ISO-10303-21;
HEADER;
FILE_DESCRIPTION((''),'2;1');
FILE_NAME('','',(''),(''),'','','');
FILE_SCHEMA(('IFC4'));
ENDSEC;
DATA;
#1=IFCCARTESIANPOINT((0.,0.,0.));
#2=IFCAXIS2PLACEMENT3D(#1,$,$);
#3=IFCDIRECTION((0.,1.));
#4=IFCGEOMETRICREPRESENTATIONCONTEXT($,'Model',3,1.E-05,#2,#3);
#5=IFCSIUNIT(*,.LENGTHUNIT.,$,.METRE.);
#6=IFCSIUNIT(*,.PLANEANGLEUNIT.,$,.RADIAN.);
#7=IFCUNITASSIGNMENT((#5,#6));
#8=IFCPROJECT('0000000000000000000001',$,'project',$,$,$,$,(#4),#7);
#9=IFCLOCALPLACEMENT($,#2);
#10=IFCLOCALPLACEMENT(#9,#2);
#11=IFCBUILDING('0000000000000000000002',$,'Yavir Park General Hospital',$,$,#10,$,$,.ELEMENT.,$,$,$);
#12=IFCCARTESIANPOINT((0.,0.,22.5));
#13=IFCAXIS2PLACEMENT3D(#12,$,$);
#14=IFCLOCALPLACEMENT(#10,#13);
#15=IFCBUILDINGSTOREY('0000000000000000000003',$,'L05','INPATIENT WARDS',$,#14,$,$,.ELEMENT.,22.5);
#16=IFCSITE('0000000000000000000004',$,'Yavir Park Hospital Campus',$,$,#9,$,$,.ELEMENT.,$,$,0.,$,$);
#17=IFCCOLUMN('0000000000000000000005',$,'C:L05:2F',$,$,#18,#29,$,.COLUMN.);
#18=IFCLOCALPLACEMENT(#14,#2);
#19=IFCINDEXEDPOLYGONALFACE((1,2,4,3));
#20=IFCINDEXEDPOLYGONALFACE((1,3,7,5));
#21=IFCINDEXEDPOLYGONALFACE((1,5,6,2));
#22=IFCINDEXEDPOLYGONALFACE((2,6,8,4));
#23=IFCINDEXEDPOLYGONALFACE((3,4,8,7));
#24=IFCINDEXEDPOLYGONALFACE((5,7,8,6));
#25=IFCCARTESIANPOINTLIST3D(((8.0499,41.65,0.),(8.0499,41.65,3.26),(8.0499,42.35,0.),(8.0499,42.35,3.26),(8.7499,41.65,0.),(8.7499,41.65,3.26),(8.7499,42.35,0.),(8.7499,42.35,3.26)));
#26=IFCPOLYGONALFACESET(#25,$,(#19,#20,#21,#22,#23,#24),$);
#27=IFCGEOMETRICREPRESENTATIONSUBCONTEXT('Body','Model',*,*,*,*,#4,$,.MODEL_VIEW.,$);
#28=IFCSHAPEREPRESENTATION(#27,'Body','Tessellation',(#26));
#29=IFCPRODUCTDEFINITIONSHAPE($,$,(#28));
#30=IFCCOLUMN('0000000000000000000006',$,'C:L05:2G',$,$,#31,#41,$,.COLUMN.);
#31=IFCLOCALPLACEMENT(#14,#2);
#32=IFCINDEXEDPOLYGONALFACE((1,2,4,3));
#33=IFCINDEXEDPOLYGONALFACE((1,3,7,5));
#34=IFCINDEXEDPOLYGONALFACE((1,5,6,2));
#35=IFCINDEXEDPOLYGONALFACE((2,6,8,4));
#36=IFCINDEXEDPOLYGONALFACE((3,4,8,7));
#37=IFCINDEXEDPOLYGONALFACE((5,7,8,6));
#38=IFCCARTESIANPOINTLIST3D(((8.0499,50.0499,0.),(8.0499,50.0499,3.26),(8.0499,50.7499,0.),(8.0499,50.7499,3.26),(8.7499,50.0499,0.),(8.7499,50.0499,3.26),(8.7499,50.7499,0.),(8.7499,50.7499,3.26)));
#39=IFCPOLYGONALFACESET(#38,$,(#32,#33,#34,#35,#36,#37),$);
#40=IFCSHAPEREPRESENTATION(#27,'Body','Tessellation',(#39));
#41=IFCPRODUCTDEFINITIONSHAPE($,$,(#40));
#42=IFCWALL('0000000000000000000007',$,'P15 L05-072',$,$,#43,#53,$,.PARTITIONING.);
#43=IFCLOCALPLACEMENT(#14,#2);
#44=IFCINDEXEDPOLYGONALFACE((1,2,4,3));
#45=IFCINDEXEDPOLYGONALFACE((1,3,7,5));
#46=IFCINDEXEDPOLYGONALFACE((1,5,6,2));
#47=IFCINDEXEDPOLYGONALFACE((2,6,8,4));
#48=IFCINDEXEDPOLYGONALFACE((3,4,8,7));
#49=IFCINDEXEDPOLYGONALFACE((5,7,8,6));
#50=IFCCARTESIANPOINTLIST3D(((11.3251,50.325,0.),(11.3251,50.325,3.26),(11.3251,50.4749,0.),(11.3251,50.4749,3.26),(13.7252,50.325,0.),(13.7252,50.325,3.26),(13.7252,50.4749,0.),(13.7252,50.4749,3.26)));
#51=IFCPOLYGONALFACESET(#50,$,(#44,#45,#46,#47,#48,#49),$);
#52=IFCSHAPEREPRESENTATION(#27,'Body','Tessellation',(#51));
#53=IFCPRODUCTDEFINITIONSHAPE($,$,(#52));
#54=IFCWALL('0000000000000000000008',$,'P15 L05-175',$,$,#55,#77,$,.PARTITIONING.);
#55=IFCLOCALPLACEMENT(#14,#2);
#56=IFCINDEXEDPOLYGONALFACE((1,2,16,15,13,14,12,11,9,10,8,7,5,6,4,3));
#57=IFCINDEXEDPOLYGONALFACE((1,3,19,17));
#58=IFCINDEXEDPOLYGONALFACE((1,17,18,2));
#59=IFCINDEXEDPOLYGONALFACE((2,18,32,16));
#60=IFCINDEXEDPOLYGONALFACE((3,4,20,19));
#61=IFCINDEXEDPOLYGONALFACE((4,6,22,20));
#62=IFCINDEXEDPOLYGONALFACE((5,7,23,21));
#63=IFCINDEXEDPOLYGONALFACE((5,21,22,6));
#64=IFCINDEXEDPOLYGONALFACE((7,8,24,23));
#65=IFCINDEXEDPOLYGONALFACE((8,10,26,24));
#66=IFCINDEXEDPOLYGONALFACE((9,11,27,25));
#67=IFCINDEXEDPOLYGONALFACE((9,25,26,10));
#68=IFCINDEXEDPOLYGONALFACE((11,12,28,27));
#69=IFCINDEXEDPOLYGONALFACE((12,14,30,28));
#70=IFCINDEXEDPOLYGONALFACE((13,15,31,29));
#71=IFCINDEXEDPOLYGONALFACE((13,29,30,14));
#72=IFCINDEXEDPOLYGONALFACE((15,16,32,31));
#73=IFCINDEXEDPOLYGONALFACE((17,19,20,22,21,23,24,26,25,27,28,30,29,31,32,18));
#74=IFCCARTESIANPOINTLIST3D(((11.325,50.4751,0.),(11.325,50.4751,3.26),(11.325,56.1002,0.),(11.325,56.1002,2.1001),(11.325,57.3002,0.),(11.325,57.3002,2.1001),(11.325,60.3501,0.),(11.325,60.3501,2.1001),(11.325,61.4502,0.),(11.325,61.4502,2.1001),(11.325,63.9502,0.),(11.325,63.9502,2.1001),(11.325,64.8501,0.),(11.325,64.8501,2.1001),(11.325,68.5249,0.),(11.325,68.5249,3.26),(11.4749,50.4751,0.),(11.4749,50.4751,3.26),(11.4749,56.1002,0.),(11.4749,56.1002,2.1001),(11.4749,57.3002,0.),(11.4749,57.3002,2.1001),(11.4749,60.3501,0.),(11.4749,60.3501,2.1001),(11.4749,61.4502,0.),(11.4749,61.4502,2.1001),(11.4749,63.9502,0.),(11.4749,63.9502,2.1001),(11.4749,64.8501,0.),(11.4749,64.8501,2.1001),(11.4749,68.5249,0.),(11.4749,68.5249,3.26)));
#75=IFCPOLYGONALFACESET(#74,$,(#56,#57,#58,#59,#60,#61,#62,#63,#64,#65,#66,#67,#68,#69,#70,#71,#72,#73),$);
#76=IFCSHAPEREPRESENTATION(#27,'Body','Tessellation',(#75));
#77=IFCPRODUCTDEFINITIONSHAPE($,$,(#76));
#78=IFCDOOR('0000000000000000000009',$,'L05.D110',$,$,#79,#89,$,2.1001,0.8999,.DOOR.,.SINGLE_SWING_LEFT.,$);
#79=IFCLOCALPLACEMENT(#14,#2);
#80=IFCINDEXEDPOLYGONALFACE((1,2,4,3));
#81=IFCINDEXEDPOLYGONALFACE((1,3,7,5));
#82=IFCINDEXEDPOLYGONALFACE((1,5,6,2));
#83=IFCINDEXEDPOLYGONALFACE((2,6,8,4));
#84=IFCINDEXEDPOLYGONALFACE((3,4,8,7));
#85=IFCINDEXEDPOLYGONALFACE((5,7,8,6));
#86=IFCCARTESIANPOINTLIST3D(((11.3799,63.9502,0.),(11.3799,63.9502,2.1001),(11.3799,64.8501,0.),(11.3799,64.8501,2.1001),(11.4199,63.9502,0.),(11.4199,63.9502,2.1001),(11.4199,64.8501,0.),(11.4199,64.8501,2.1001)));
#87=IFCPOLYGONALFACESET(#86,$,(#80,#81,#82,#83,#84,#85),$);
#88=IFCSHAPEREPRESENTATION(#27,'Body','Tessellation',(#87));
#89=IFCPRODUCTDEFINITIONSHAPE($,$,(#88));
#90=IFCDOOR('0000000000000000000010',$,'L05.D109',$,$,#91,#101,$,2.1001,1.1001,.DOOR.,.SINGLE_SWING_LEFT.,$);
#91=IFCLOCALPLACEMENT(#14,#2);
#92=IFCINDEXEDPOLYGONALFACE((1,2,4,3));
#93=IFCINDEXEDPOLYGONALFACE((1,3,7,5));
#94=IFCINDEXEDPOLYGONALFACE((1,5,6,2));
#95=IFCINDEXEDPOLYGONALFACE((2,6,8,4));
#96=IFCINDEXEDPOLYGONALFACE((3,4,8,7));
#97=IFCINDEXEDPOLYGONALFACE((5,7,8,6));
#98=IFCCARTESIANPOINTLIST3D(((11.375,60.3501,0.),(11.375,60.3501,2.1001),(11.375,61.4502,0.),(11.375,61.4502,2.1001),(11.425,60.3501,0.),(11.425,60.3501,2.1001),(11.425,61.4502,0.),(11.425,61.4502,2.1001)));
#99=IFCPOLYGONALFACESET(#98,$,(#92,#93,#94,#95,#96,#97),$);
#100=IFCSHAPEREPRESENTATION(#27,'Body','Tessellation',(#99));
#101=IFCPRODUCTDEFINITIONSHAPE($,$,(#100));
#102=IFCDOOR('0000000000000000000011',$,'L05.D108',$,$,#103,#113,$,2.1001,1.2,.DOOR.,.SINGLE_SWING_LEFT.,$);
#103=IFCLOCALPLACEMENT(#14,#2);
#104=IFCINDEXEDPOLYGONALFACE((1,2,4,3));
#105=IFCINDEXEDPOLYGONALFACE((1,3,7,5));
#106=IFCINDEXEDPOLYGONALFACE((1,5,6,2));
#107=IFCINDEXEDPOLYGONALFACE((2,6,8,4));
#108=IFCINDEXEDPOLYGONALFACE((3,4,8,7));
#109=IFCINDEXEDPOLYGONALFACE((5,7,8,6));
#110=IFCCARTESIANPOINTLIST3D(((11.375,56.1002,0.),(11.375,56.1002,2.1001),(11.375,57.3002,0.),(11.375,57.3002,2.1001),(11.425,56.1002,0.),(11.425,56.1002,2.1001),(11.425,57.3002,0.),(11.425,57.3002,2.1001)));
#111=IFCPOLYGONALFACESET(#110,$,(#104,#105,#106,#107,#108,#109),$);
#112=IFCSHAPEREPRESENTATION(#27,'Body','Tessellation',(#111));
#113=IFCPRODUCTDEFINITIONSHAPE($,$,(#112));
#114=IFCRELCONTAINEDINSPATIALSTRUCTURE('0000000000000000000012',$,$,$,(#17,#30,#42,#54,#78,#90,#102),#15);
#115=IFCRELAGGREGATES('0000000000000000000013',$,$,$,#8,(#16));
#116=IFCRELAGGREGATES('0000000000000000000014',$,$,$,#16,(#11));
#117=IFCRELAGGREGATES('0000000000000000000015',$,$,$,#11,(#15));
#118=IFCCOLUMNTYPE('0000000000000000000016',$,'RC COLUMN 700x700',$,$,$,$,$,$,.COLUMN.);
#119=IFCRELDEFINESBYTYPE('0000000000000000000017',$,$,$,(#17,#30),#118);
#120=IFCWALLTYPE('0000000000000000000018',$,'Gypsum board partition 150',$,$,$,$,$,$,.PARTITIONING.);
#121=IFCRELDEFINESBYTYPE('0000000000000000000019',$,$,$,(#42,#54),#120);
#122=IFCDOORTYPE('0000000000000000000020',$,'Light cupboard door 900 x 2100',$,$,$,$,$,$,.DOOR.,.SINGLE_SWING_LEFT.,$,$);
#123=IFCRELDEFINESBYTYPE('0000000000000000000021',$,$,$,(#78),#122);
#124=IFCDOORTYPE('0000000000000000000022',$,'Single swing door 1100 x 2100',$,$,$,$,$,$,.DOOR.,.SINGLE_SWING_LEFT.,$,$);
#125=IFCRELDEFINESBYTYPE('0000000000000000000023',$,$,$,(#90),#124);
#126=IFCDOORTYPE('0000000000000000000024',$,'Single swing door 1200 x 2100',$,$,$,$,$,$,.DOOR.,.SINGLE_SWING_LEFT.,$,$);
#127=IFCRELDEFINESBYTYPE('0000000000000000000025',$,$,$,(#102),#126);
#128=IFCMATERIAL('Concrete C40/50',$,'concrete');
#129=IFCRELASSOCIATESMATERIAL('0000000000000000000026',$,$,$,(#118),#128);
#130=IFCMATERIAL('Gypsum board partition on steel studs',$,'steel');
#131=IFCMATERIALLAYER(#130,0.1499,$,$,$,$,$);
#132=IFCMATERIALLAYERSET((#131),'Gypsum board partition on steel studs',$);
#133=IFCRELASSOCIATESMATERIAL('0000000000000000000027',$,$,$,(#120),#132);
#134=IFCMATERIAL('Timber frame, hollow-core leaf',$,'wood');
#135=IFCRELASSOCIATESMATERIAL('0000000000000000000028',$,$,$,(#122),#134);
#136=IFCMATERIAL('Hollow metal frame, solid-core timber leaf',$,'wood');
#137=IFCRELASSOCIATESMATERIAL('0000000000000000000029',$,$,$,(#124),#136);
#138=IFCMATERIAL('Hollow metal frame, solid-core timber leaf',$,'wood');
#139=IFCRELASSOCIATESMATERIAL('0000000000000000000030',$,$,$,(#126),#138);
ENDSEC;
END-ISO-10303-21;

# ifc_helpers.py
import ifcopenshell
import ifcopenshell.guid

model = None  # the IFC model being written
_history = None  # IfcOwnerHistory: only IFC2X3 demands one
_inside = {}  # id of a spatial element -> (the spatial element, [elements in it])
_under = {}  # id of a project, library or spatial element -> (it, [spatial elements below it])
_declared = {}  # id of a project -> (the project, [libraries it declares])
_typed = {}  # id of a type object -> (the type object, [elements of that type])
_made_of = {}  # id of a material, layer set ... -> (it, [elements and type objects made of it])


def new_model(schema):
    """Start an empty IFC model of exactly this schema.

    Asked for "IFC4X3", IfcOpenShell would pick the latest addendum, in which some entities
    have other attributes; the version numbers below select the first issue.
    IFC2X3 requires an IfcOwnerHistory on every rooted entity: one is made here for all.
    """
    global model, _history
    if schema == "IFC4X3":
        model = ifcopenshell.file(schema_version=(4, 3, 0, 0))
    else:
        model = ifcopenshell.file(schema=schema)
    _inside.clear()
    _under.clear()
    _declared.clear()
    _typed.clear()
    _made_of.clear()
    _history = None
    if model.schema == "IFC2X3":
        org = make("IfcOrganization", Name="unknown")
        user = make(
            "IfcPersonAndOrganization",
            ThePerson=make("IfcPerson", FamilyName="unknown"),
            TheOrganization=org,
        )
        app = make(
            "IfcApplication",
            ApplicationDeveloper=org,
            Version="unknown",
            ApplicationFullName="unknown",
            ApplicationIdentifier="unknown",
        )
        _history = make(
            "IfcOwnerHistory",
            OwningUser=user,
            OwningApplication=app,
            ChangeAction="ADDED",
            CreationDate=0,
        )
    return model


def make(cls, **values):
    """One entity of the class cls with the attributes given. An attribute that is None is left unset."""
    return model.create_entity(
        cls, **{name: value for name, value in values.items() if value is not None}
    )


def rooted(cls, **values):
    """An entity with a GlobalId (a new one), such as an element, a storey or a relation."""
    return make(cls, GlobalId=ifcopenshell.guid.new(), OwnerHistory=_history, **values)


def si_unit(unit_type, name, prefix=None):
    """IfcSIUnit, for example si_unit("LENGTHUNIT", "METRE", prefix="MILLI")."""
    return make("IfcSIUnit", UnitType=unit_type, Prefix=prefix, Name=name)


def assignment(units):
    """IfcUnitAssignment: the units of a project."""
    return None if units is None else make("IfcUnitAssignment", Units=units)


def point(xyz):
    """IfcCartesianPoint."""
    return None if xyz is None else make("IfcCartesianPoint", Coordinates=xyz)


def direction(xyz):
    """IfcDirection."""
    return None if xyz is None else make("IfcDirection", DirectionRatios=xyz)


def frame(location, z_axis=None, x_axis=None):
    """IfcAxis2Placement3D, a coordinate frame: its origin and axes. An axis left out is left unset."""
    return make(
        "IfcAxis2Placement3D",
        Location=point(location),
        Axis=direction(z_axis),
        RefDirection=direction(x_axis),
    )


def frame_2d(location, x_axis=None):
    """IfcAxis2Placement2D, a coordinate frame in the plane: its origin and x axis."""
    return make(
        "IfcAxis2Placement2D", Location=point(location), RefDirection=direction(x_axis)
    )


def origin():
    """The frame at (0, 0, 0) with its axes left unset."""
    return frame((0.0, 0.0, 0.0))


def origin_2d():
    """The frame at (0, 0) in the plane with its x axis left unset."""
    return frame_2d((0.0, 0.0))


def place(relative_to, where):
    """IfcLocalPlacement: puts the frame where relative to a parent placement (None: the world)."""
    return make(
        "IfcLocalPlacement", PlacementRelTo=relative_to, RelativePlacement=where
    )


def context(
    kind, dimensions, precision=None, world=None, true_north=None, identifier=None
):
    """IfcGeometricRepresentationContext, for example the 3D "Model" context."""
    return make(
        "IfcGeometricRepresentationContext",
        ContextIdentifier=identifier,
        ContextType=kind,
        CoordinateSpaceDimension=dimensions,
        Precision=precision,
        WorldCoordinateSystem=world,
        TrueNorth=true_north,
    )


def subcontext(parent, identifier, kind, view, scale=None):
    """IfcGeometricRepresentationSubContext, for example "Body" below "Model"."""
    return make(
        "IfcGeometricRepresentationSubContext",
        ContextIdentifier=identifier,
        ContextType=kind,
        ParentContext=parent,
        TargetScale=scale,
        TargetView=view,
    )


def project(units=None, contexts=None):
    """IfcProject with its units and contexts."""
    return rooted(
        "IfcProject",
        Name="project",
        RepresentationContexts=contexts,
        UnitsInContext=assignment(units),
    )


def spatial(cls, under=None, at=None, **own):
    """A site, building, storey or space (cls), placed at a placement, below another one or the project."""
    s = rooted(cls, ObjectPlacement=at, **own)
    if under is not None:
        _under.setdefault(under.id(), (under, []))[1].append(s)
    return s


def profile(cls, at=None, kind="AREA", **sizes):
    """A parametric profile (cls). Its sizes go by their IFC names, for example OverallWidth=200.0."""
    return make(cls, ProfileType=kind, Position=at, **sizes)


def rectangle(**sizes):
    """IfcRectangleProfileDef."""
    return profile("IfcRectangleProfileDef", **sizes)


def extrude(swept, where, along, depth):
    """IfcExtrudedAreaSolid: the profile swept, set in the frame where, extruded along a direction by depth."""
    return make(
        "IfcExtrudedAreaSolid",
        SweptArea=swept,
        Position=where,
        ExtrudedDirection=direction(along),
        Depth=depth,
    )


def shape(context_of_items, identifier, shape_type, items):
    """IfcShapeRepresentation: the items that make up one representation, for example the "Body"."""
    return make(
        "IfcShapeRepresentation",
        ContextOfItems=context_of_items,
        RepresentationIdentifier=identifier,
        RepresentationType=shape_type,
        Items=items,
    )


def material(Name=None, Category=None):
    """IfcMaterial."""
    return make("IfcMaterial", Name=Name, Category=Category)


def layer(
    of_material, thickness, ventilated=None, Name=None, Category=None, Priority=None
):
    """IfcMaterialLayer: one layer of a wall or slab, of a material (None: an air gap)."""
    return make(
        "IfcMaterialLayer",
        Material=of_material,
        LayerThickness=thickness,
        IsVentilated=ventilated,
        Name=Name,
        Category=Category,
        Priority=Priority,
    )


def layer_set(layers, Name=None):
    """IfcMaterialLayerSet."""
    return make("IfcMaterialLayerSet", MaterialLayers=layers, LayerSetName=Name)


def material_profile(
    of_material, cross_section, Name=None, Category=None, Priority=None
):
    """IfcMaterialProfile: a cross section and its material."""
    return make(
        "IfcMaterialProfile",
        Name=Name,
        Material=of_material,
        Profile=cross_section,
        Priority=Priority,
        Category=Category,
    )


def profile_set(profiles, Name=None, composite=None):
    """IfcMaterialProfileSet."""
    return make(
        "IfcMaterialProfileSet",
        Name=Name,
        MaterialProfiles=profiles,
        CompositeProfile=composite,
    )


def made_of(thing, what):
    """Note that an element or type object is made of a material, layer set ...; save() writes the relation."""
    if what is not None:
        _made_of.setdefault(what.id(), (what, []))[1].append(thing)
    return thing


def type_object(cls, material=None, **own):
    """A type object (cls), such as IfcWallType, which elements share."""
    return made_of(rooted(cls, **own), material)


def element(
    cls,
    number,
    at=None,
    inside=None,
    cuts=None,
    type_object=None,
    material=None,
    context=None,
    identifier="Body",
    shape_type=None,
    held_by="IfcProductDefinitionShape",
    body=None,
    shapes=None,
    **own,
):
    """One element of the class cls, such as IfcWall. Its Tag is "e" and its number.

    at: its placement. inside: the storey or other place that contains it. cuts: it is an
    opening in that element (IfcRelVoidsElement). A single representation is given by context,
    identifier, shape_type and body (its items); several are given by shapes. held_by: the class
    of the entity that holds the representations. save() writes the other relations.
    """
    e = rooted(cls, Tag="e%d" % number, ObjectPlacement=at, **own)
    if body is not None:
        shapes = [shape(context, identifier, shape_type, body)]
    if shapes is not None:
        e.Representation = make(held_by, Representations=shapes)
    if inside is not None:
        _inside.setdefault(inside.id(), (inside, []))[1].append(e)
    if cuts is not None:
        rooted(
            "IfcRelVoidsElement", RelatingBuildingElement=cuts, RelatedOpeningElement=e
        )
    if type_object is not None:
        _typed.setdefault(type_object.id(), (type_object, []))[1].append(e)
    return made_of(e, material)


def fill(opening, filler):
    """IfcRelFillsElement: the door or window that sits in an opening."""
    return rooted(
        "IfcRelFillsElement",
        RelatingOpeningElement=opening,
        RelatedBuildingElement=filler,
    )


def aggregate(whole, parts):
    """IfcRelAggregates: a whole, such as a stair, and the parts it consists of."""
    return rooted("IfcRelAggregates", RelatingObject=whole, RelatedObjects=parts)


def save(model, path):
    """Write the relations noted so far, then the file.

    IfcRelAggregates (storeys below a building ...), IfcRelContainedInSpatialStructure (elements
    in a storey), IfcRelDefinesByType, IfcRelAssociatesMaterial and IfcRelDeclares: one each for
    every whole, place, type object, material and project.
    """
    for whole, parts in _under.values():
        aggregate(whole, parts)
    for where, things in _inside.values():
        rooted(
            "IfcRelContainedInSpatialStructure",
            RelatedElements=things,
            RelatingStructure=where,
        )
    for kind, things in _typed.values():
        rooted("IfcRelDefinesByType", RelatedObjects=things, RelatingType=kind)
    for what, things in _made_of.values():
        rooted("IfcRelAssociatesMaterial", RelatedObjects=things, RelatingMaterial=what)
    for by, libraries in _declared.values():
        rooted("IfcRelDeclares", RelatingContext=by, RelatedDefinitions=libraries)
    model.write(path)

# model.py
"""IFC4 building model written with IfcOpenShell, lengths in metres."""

from ifc_helpers import new_model, si_unit, direction, frame, frame_2d, origin, origin_2d, place, context, subcontext, project, spatial, rectangle, extrude, material, layer, layer_set, material_profile, profile_set, type_object, element, fill, save


model = new_model("IFC4")

# Units and contexts
model_context = context("Model", 3, precision=1e-05, world=origin(), true_north=direction((0.0, 1.0)))
body_context = subcontext(model_context, "Body", "Model", "MODEL_VIEW")
ifc_project = project(units=[si_unit("LENGTHUNIT", "METRE"), si_unit("PLANEANGLEUNIT", "RADIAN")], contexts=[model_context])

# Site, building, storey
site_placement = place(None, origin())
site = spatial("IfcSite", under=ifc_project, at=site_placement, Name="Yavir Park Hospital Campus", CompositionType="ELEMENT", RefElevation=0.0)
building_placement = place(site_placement, origin())
building = spatial("IfcBuilding", under=site, at=building_placement, Name="Yavir Park General Hospital", CompositionType="ELEMENT")
storey_placement = place(building_placement, frame((0.0, 0.0, 22.5)))
storey = spatial("IfcBuildingStorey", under=building, at=storey_placement, Name="L05", Description="INPATIENT WARDS", CompositionType="ELEMENT", Elevation=22.5)

# Columns
ifc_material_1 = material(Name="Concrete C40/50", Category="concrete")
ifc_material_profile = material_profile(ifc_material_1, rectangle(XDim=0.7, YDim=0.7, at=origin_2d()), Name="RC700x700")
ifc_profile_set = profile_set([ifc_material_profile], Name="Concrete C40/50")
column_type = type_object("IfcColumnType", Name="RC COLUMN 700x700", PredefinedType="COLUMN", material=ifc_profile_set)
for number, where, z_axis, x_axis, name in (
    (1, (8.3999, 42.0, 0.0), (0.0, 0.0, 1.0), (1.0, 0.0, 0.0), "C:L05:2F"),
    (2, (8.3999, 50.3999, 0.0), (0.0, 0.0, 1.0), (1.0, 0.0, 0.0), "C:L05:2G"),
):
    element("IfcColumn", number, at=place(storey_placement, frame(where, z_axis=z_axis, x_axis=x_axis)), inside=storey, type_object=column_type, Name=name, PredefinedType="COLUMN", context=body_context, shape_type="SweptSolid", body=[
        extrude(rectangle(XDim=0.7, YDim=0.7, at=origin_2d()), origin(), (0.0, 0.0, 1.0), 3.26),
    ])

# Wall
ifc_material_2 = material(Name="Gypsum board partition on steel studs", Category="steel")
ifc_layer_1 = layer(ifc_material_2, 0.1499)
ifc_layer_set_1 = layer_set([ifc_layer_1], Name="Gypsum board partition on steel studs")
wall_type_1 = type_object("IfcWallType", Name="Gypsum board partition 150", PredefinedType="PARTITIONING", material=ifc_layer_set_1)
wall_1_placement = place(storey_placement, frame((11.325, 50.3999, 0.0), z_axis=(0.0, 0.0, 1.0), x_axis=(1.0, 0.0, 0.0)))
element("IfcWall", 3, at=wall_1_placement, inside=storey, type_object=wall_type_1, Name="P15 L05-072", PredefinedType="PARTITIONING", context=body_context, shape_type="SweptSolid", body=[
    extrude(rectangle(XDim=2.4001, YDim=0.1499, at=frame_2d((1.2002, 0.0))), origin(), (0.0, 0.0, 1.0), 3.26),
])

# Wall, openings, doors
wall_2_placement = place(storey_placement, frame((11.3999, 50.4751, 0.0), z_axis=(0.0, 0.0, 1.0), x_axis=(0.0, 1.0, 0.0)))
wall_2 = element("IfcWall", 4, at=wall_2_placement, inside=storey, type_object=wall_type_1, Name="P15 L05-175", PredefinedType="PARTITIONING", context=body_context, shape_type="SweptSolid", body=[
    extrude(rectangle(XDim=18.0498, YDim=0.1499, at=frame_2d((9.0249, 0.0))), origin(), (0.0, 0.0, 1.0), 3.26),
])
opening_1_placement = place(wall_2_placement, frame((5.625, 0.0, 0.0)))
opening_1 = element("IfcOpeningElement", 5, at=opening_1_placement, cuts=wall_2, PredefinedType="OPENING", context=body_context, shape_type="SweptSolid", body=[
    extrude(rectangle(XDim=1.2, YDim=2.1001, at=frame_2d((0.6001, 1.05))), frame((0.0, 0.085, 0.0), z_axis=(0.0, -1.0, 0.0), x_axis=(1.0, 0.0, 0.0)), (0.0, 0.0, 1.0), 0.1699),
])
opening_2_placement = place(wall_2_placement, frame((9.875, 0.0, 0.0)))
opening_2 = element("IfcOpeningElement", 6, at=opening_2_placement, cuts=wall_2, PredefinedType="OPENING", context=body_context, shape_type="SweptSolid", body=[
    extrude(rectangle(XDim=1.1001, YDim=2.1001, at=frame_2d((0.55, 1.05))), frame((0.0, 0.085, 0.0), z_axis=(0.0, -1.0, 0.0), x_axis=(1.0, 0.0, 0.0)), (0.0, 0.0, 1.0), 0.1699),
])
opening_3_placement = place(wall_2_placement, frame((13.4751, 0.0, 0.0)))
opening_3 = element("IfcOpeningElement", 7, at=opening_3_placement, cuts=wall_2, PredefinedType="OPENING", context=body_context, shape_type="SweptSolid", body=[
    extrude(rectangle(XDim=0.8999, YDim=2.1001, at=frame_2d((0.45, 1.05))), frame((0.0, 0.085, 0.0), z_axis=(0.0, -1.0, 0.0), x_axis=(1.0, 0.0, 0.0)), (0.0, 0.0, 1.0), 0.1699),
])
ifc_material_3 = material(Name="Timber frame, hollow-core leaf", Category="wood")
door_type_1 = type_object("IfcDoorType", Name="Light cupboard door 900 x 2100", OperationType="SINGLE_SWING_LEFT", PredefinedType="DOOR", material=ifc_material_3)
door_1_placement = place(opening_3_placement, origin())
door_1 = element("IfcDoor", 8, at=door_1_placement, inside=storey, type_object=door_type_1, Name="L05.D110", OperationType="SINGLE_SWING_LEFT", OverallHeight=2.1001, OverallWidth=0.8999, PredefinedType="DOOR", context=body_context, shape_type="SweptSolid", body=[
    extrude(rectangle(XDim=0.8999, YDim=2.1001, at=frame_2d((0.45, 1.05))), frame((0.0, 0.02, 0.0), z_axis=(0.0, -1.0, 0.0), x_axis=(1.0, 0.0, 0.0)), (0.0, 0.0, 1.0), 0.04),
])
fill(opening_3, door_1)
ifc_material_4 = material(Name="Hollow metal frame, solid-core timber leaf", Category="wood")
door_type_2 = type_object("IfcDoorType", Name="Single swing door 1100 x 2100", OperationType="SINGLE_SWING_LEFT", PredefinedType="DOOR", material=ifc_material_4)
door_2_placement = place(opening_2_placement, origin())
door_2 = element("IfcDoor", 9, at=door_2_placement, inside=storey, type_object=door_type_2, Name="L05.D109", OperationType="SINGLE_SWING_LEFT", OverallHeight=2.1001, OverallWidth=1.1001, PredefinedType="DOOR", context=body_context, shape_type="SweptSolid", body=[
    extrude(rectangle(XDim=1.1001, YDim=2.1001, at=frame_2d((0.55, 1.05))), frame((0.0, 0.0249, 0.0), z_axis=(0.0, -1.0, 0.0), x_axis=(1.0, 0.0, 0.0)), (0.0, 0.0, 1.0), 0.05),
])
fill(opening_2, door_2)
ifc_material_5 = material(Name="Hollow metal frame, solid-core timber leaf", Category="wood")
door_type_3 = type_object("IfcDoorType", Name="Single swing door 1200 x 2100", OperationType="SINGLE_SWING_LEFT", PredefinedType="DOOR", material=ifc_material_5)
door_3_placement = place(opening_1_placement, origin())
door_3 = element("IfcDoor", 10, at=door_3_placement, inside=storey, type_object=door_type_3, Name="L05.D108", OperationType="SINGLE_SWING_LEFT", OverallHeight=2.1001, OverallWidth=1.2, PredefinedType="DOOR", context=body_context, shape_type="SweptSolid", body=[
    extrude(rectangle(XDim=1.2, YDim=2.1001, at=frame_2d((0.6001, 1.05))), frame((0.0, 0.0249, 0.0), z_axis=(0.0, -1.0, 0.0), x_axis=(1.0, 0.0, 0.0)), (0.0, 0.0, 1.0), 0.05),
])
fill(opening_1, door_3)

save(model, "model.ifc")
